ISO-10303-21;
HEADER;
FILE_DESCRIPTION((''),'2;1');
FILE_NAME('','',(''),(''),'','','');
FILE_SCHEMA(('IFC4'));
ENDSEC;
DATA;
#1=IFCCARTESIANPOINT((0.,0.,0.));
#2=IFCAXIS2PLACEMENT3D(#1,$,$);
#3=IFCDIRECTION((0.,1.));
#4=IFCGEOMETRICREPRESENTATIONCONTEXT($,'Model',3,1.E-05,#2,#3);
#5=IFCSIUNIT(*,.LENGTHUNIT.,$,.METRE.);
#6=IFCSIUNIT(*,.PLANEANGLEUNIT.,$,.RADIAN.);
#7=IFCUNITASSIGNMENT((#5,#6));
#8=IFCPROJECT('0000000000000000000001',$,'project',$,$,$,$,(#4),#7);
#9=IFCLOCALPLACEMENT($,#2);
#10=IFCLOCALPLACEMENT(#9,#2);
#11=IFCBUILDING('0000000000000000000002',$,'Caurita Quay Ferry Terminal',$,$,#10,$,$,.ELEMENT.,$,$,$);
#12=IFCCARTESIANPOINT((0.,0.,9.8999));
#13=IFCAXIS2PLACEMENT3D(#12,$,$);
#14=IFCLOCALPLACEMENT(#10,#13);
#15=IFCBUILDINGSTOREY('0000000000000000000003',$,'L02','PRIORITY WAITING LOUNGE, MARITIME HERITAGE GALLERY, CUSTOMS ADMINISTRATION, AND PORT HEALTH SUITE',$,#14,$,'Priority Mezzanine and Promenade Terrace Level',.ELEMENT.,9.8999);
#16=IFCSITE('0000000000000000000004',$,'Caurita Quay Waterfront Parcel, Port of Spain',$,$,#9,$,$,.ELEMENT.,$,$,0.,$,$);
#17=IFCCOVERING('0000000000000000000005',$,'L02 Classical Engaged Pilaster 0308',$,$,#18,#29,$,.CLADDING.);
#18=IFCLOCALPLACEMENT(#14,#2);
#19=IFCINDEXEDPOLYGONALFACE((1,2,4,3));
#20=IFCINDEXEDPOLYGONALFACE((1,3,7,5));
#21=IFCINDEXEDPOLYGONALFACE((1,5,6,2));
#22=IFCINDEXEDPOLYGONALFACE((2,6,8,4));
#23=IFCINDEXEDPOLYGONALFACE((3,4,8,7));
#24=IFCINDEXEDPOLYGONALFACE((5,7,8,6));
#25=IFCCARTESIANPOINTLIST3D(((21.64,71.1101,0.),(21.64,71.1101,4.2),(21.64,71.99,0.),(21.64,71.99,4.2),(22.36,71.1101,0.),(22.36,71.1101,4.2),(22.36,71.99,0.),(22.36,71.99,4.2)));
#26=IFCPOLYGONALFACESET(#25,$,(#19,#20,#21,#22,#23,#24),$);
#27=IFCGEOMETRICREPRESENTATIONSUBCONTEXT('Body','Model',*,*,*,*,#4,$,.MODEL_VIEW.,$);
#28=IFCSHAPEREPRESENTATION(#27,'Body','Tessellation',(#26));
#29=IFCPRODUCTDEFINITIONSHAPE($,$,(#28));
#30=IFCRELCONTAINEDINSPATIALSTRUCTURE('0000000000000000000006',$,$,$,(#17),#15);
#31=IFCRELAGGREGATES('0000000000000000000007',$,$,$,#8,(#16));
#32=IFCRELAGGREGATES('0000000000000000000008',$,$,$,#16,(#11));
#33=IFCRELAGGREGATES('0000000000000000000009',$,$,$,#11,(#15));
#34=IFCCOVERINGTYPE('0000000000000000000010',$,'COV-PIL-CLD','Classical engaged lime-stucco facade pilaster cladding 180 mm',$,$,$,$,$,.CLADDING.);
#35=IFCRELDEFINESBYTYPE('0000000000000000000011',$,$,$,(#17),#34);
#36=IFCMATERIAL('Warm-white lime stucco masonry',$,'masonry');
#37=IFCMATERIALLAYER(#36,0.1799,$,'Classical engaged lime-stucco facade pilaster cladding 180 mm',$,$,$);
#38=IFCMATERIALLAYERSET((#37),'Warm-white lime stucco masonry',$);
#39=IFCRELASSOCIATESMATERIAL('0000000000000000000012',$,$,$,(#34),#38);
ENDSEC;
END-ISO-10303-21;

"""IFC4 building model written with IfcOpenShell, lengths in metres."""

from ifc_helpers import new_model, si_unit, direction, frame, origin, origin_2d, place, context, subcontext, project, spatial, rectangle, extrude, material, layer, layer_set, type_object, element, save


model = new_model("IFC4")

# Units and contexts
model_context = context("Model", 3, precision=1e-05, world=origin(), true_north=direction((0.0, 1.0)))
body_context = subcontext(model_context, "Body", "Model", "MODEL_VIEW")
ifc_project = project(units=[si_unit("LENGTHUNIT", "METRE"), si_unit("PLANEANGLEUNIT", "RADIAN")], contexts=[model_context])

# Site, building, storey
site_placement = place(None, origin())
site = spatial("IfcSite", under=ifc_project, at=site_placement, Name="Caurita Quay Waterfront Parcel, Port of Spain", CompositionType="ELEMENT", RefElevation=0.0)
building_placement = place(site_placement, origin())
building = spatial("IfcBuilding", under=site, at=building_placement, Name="Caurita Quay Ferry Terminal", CompositionType="ELEMENT")
storey_placement = place(building_placement, frame((0.0, 0.0, 9.8999)))
storey = spatial("IfcBuildingStorey", under=building, at=storey_placement, Name="L02", Description="PRIORITY WAITING LOUNGE, MARITIME HERITAGE GALLERY, CUSTOMS ADMINISTRATION, AND PORT HEALTH SUITE", LongName="Priority Mezzanine and Promenade Terrace Level", CompositionType="ELEMENT", Elevation=9.8999)

# Shared definitions
ifc_material_1 = material(Name="Warm-white lime stucco masonry", Category="masonry")

# Covering
ifc_layer_1 = layer(ifc_material_1, 0.1799, Name="Classical engaged lime-stucco facade pilaster cladding 180 mm")
ifc_layer_set_1 = layer_set([ifc_layer_1], Name="Warm-white lime stucco masonry")
covering_type_1 = type_object("IfcCoveringType", Name="COV-PIL-CLD", Description="Classical engaged lime-stucco facade pilaster cladding 180 mm", PredefinedType="CLADDING", material=ifc_layer_set_1)
covering_1_placement = place(storey_placement, frame((22.0, 71.55, 0.0), z_axis=(0.0, 0.0, 1.0), x_axis=(1.0, 0.0, 0.0)))
element("IfcCovering", 1, at=covering_1_placement, inside=storey, type_object=covering_type_1, Name="L02 Classical Engaged Pilaster 0308", PredefinedType="CLADDING", context=body_context, shape_type="SweptSolid", body=[
    extrude(rectangle(XDim=0.72, YDim=0.8799, at=origin_2d()), origin(), (0.0, 0.0, 1.0), 4.2),
])

save(model, "model.ifc")
